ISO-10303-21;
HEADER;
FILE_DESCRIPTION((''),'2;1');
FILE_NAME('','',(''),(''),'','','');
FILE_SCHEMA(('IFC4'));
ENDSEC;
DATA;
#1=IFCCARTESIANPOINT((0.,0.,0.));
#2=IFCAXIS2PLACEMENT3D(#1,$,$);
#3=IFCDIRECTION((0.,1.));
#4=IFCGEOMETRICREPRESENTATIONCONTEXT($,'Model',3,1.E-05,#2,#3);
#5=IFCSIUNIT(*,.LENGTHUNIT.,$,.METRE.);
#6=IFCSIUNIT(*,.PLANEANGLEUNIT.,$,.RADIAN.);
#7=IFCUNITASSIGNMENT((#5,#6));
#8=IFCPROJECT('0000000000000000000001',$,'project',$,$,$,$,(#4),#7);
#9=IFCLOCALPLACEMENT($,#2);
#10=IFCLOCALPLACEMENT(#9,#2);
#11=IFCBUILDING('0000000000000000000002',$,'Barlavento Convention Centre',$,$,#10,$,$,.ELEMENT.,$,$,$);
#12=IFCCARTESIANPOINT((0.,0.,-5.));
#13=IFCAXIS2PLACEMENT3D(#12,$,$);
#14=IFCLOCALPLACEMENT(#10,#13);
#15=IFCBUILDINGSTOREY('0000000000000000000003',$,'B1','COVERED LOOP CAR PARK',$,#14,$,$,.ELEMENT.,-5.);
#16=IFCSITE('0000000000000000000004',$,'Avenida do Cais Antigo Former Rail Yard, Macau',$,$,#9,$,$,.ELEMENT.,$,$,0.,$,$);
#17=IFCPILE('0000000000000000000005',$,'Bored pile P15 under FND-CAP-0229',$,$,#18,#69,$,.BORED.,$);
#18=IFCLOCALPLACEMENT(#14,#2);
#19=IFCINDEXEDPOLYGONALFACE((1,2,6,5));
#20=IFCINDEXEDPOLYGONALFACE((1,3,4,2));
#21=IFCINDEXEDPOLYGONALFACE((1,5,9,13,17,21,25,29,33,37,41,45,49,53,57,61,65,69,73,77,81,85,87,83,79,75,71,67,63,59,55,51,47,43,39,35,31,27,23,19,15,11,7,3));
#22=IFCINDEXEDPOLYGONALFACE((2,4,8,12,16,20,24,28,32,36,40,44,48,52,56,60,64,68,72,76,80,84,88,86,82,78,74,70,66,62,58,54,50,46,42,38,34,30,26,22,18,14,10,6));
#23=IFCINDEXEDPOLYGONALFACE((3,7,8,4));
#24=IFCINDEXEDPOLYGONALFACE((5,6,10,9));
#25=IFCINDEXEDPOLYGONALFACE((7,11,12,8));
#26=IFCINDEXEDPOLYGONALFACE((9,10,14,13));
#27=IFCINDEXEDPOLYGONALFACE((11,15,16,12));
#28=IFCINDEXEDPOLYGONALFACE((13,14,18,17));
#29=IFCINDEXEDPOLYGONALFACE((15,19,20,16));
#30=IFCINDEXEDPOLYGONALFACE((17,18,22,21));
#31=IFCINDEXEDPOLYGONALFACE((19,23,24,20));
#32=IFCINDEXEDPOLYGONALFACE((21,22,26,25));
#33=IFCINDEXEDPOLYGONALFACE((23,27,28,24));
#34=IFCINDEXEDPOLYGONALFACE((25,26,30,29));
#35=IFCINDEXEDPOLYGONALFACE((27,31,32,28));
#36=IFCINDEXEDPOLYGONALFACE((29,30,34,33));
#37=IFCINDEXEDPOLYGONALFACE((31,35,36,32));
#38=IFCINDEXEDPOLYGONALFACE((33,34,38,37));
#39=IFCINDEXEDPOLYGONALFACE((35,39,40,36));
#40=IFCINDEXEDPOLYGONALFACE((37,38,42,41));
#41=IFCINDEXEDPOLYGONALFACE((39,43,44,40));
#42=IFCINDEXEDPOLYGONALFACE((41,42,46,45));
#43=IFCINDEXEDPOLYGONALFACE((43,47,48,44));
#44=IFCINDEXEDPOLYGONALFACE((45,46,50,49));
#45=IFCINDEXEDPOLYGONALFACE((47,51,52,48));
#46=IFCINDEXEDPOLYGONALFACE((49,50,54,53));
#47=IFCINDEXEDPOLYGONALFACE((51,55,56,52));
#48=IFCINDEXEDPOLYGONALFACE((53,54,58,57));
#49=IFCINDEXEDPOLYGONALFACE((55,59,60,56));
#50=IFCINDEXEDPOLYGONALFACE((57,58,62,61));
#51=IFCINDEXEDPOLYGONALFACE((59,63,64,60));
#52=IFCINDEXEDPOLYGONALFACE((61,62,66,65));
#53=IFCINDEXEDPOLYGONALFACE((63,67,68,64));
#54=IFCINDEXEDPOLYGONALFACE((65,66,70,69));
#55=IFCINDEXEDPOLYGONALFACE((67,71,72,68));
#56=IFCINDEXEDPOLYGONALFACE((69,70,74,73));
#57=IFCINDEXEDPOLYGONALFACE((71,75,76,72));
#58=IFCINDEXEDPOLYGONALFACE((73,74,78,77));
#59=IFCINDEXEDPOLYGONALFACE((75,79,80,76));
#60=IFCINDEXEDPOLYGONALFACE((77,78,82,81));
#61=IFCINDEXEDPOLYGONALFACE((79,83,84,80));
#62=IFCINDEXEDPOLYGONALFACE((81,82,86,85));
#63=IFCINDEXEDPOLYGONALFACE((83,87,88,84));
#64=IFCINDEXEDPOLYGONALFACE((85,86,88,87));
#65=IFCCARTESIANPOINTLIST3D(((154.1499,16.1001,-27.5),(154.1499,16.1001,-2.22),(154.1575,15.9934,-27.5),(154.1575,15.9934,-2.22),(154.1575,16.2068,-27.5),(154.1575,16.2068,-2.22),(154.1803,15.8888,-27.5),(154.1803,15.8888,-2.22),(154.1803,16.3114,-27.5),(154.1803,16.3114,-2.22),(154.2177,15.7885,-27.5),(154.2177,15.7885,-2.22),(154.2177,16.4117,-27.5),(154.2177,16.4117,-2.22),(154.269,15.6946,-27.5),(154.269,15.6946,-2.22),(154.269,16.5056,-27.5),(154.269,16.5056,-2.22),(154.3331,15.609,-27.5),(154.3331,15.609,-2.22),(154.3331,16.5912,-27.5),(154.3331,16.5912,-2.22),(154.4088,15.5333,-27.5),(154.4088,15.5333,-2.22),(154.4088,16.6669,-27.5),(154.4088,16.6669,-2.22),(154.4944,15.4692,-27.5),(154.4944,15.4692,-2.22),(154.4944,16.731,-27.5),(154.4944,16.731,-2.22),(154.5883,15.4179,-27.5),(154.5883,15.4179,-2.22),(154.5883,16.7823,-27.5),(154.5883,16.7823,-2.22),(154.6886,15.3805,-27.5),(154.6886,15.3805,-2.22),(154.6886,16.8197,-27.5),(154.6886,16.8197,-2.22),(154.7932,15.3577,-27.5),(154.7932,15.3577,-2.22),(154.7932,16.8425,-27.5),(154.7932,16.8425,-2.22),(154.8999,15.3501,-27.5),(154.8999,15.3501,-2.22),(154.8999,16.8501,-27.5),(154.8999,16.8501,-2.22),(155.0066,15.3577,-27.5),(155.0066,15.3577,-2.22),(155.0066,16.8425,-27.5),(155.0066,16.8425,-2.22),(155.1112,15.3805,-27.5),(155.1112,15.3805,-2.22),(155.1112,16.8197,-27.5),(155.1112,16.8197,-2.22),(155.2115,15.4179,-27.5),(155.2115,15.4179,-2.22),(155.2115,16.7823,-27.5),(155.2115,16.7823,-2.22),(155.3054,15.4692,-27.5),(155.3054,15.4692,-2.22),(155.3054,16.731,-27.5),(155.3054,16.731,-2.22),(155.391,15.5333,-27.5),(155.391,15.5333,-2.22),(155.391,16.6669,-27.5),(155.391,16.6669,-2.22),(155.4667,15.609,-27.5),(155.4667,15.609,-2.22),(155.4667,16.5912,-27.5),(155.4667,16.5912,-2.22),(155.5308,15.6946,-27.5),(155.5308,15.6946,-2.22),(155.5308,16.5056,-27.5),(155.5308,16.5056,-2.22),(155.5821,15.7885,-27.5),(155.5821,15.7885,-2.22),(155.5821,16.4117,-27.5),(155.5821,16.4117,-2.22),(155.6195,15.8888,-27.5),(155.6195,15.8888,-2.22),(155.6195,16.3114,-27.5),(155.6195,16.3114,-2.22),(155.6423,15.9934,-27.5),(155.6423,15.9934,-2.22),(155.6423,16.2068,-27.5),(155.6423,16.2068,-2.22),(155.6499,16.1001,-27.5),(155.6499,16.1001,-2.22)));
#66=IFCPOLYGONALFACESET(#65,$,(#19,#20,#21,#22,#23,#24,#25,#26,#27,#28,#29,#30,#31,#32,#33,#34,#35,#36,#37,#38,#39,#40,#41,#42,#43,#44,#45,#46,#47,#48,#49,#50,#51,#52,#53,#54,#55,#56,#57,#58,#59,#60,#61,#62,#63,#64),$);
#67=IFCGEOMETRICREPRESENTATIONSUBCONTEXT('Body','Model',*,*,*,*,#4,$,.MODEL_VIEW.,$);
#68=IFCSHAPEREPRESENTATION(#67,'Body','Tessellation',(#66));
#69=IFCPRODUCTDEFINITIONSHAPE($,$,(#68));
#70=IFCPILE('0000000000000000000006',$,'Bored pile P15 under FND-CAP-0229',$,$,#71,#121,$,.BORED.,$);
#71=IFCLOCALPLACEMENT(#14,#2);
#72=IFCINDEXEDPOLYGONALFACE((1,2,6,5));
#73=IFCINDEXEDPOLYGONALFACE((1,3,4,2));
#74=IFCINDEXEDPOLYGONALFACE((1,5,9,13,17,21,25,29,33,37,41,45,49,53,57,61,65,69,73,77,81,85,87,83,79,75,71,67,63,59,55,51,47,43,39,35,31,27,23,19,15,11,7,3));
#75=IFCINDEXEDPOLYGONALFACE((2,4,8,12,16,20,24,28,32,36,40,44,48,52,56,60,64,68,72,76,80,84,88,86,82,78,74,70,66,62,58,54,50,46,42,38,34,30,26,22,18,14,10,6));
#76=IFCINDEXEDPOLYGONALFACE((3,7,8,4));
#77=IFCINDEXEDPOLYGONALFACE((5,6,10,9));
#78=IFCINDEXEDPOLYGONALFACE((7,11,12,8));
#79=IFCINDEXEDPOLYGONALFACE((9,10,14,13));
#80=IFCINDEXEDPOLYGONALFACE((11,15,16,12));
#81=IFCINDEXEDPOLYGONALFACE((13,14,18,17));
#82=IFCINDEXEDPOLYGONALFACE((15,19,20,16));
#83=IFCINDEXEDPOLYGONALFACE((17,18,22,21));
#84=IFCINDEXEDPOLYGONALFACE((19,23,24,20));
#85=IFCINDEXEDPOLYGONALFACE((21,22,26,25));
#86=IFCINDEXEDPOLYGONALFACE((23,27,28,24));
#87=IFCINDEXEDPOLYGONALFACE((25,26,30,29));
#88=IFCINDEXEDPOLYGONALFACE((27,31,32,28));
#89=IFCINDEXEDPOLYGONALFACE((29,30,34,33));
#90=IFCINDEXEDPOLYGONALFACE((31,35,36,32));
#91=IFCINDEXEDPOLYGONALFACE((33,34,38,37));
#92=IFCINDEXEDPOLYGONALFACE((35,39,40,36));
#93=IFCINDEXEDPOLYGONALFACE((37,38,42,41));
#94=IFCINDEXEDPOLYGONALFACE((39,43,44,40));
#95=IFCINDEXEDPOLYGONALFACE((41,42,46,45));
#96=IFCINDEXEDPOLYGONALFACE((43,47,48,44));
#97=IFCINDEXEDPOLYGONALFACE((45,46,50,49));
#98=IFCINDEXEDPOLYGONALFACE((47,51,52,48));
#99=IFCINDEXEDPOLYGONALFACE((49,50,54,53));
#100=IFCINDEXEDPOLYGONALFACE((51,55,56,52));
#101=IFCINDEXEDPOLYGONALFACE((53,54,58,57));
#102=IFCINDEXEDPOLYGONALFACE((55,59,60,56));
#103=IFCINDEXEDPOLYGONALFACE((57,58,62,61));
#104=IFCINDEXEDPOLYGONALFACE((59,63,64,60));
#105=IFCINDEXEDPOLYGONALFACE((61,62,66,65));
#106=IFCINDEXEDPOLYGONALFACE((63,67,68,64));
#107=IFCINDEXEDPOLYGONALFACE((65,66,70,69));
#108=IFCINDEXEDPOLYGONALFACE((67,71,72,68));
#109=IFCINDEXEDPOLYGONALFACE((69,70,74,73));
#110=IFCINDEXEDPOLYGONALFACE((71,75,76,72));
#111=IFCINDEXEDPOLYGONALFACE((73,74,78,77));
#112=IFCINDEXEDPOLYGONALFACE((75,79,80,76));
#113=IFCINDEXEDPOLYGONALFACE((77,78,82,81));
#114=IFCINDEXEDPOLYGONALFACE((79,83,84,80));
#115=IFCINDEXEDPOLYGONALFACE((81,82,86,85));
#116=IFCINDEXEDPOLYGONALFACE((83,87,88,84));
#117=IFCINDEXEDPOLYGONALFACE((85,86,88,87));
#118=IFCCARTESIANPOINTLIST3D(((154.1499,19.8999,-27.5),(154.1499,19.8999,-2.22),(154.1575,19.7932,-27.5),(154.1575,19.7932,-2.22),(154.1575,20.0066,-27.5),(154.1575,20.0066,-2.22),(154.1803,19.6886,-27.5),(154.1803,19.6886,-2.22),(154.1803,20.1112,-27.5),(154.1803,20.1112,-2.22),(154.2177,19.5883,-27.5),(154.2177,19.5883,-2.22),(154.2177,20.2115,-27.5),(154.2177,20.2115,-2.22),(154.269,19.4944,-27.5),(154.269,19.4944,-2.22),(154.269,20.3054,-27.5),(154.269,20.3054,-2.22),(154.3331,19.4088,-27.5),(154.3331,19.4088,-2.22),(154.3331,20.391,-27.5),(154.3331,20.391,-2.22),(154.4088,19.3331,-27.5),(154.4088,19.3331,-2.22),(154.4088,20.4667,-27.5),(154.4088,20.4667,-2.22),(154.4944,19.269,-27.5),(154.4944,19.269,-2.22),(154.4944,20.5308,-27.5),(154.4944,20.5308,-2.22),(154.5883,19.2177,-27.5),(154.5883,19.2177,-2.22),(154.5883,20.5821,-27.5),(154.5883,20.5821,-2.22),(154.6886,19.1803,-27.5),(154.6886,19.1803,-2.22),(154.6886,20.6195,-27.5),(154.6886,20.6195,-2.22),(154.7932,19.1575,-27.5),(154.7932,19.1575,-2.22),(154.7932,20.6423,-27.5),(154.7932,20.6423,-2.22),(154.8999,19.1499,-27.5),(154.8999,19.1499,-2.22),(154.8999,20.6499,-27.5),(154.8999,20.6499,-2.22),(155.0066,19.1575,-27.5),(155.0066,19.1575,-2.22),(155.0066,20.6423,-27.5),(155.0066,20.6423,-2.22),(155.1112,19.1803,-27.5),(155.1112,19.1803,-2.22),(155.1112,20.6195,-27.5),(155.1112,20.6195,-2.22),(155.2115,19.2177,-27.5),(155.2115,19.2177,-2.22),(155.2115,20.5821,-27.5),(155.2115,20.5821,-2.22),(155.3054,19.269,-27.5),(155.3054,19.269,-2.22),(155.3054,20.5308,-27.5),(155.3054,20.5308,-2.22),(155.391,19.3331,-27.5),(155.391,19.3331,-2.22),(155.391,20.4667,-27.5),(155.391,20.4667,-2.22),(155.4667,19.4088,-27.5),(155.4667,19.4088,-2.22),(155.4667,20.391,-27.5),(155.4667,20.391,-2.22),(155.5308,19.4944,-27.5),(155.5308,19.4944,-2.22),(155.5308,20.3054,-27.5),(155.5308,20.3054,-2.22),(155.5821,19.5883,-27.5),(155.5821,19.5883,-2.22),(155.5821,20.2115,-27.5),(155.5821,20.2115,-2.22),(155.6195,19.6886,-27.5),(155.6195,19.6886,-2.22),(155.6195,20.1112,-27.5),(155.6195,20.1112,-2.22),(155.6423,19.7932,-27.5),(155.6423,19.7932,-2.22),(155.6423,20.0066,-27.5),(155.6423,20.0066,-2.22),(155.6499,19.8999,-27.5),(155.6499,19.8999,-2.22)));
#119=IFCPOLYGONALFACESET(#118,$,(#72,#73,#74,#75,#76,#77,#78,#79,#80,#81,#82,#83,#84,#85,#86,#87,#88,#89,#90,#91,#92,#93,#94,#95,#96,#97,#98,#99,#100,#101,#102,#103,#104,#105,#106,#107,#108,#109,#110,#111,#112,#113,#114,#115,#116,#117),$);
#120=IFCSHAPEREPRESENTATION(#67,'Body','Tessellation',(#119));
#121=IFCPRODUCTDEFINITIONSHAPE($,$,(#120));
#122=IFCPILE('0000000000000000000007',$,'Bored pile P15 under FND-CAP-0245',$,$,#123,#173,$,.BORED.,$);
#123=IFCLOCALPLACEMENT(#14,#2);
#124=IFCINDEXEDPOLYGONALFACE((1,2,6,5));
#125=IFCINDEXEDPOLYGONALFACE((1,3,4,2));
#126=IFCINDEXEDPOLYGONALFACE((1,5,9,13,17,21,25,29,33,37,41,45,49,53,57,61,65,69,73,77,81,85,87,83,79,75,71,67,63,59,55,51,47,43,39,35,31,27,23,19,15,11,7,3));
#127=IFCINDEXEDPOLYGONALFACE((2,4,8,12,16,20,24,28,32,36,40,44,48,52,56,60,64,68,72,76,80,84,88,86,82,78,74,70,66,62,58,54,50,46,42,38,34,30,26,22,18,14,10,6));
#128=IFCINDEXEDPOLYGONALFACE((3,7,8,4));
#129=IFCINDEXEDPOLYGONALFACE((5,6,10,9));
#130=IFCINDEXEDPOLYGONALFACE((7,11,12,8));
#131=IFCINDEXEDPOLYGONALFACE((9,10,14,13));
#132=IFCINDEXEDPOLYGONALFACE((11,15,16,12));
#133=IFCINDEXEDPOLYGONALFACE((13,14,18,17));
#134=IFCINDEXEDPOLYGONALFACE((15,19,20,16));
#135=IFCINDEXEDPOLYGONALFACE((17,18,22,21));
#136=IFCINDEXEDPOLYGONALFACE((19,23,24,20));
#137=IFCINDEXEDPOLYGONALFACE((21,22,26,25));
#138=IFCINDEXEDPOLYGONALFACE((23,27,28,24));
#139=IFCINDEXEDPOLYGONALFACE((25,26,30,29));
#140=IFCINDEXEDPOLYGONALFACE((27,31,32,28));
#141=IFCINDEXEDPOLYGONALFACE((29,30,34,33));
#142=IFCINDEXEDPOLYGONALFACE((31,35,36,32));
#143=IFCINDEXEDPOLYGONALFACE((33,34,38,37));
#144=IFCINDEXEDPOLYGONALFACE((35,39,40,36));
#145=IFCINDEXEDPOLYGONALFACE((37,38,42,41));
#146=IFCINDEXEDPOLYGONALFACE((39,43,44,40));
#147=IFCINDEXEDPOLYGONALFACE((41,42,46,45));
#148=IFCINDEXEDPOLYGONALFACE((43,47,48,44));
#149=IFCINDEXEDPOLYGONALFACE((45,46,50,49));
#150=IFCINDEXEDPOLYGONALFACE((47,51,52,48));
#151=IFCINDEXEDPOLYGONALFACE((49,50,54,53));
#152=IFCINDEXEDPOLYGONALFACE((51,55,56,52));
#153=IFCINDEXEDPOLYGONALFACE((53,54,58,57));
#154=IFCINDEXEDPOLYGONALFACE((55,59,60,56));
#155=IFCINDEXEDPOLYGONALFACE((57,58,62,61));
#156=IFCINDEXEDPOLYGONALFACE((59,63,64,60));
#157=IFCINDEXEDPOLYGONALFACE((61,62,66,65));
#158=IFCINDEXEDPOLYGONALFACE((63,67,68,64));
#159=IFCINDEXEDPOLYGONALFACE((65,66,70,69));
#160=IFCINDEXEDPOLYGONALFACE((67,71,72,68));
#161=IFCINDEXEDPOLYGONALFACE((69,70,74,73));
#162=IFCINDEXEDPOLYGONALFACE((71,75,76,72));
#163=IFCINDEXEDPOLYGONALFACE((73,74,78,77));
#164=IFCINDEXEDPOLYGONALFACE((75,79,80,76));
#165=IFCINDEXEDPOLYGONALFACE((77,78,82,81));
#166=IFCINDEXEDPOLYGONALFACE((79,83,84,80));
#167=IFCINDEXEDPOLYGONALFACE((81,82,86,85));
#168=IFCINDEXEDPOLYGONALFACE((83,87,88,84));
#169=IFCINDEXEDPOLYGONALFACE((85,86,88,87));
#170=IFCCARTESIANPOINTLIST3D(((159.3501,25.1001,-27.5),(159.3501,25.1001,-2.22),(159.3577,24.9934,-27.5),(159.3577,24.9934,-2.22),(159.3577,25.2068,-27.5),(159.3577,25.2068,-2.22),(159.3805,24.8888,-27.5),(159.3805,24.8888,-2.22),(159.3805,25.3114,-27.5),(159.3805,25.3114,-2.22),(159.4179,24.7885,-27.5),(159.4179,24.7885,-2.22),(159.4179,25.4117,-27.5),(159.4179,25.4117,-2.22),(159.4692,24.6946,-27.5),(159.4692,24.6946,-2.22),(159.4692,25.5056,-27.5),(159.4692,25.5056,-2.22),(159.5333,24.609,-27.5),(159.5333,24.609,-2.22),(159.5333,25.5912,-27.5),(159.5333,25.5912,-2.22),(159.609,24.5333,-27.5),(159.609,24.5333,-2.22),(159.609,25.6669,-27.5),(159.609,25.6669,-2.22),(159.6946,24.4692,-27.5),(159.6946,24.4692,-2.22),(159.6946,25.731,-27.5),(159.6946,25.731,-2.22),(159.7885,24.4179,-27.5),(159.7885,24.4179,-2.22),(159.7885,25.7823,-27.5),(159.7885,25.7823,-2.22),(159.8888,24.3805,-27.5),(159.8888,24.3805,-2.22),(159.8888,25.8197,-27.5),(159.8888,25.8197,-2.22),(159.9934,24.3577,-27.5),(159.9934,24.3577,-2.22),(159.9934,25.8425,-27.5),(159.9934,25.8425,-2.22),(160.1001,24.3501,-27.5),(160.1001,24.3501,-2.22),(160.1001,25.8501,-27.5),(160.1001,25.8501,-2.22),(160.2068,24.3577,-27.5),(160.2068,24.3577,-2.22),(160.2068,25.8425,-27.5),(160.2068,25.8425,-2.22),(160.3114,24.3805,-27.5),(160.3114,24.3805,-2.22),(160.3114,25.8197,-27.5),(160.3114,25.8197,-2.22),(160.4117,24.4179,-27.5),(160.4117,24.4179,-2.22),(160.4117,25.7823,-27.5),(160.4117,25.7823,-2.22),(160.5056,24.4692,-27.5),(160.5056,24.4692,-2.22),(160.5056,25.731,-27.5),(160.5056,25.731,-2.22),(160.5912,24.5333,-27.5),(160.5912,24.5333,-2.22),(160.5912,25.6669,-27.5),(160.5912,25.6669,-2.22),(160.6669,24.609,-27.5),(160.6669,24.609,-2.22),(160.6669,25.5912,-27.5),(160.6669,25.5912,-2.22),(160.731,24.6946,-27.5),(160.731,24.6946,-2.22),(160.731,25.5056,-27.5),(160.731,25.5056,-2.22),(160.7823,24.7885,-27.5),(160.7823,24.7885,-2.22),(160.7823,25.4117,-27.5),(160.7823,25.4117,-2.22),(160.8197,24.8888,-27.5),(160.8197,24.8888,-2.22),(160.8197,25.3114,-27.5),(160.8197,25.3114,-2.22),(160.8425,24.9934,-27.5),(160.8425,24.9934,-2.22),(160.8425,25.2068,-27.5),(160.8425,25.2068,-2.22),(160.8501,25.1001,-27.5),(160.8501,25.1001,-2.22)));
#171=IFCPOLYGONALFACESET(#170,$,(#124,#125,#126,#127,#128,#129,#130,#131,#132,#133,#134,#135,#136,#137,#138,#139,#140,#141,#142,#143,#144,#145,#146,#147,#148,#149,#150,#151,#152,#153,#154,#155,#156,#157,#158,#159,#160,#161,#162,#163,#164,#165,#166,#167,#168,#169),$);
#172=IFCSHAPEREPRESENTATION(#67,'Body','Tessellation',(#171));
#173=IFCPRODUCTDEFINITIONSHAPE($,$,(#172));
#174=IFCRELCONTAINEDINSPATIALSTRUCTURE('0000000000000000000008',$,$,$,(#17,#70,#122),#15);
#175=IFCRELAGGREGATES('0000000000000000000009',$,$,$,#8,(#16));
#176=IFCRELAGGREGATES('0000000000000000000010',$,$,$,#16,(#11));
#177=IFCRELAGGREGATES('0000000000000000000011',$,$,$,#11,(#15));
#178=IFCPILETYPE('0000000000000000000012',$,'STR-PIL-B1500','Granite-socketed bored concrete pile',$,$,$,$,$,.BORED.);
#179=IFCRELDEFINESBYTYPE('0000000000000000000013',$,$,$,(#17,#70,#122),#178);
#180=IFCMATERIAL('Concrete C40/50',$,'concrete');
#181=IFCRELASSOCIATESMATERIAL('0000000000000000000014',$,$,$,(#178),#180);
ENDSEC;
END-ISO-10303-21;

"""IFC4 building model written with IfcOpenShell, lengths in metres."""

from ifc_helpers import new_model, si_unit, direction, frame, origin, origin_2d, place, context, subcontext, project, spatial, circle, extrude, material, material_profile, profile_set, type_object, element, save


model = new_model("IFC4")

# Units and contexts
model_context = context("Model", 3, precision=1e-05, world=origin(), true_north=direction((0.0, 1.0)))
body_context = subcontext(model_context, "Body", "Model", "MODEL_VIEW")
ifc_project = project(units=[si_unit("LENGTHUNIT", "METRE"), si_unit("PLANEANGLEUNIT", "RADIAN")], contexts=[model_context])

# Site, building, storey
site_placement = place(None, origin())
site = spatial("IfcSite", under=ifc_project, at=site_placement, Name="Avenida do Cais Antigo Former Rail Yard, Macau", CompositionType="ELEMENT", RefElevation=0.0)
building_placement = place(site_placement, origin())
building = spatial("IfcBuilding", under=site, at=building_placement, Name="Barlavento Convention Centre", CompositionType="ELEMENT")
storey_placement = place(building_placement, frame((0.0, 0.0, -5.0)))
storey = spatial("IfcBuildingStorey", under=building, at=storey_placement, Name="B1", Description="COVERED LOOP CAR PARK", CompositionType="ELEMENT", Elevation=-5.0)

# Shared definitions
ifc_material_1 = material(Name="Concrete C40/50", Category="concrete")

# Piles
ifc_material_profile_1 = material_profile(ifc_material_1, circle(Radius=0.75, at=origin_2d()), Name="BORED PILE 1500")
ifc_profile_set_1 = profile_set([ifc_material_profile_1], Name="Concrete C40/50")
pile_type_1 = type_object("IfcPileType", Name="STR-PIL-B1500", Description="Granite-socketed bored concrete pile", PredefinedType="BORED", material=ifc_profile_set_1)
for number, where, z_axis, x_axis, name in (
    (1, (154.8999, 16.1001, -2.22), (0.0, 0.0, -1.0), (1.0, 0.0, 0.0), "Bored pile P15 under FND-CAP-0229"),
    (2, (154.8999, 19.8999, -2.22), (0.0, 0.0, -1.0), (1.0, 0.0, 0.0), "Bored pile P15 under FND-CAP-0229"),
    (3, (160.1001, 25.1001, -2.22), (0.0, 0.0, -1.0), (1.0, 0.0, 0.0), "Bored pile P15 under FND-CAP-0245"),
):
    element("IfcPile", number, at=place(storey_placement, frame(where, z_axis=z_axis, x_axis=x_axis)), inside=storey, type_object=pile_type_1, Name=name, PredefinedType="BORED", context=body_context, shape_type="SweptSolid", body=[
        extrude(circle(Radius=0.75, at=origin_2d()), origin(), (0.0, 0.0, 1.0), 25.28),
    ])

save(model, "model.ifc")
